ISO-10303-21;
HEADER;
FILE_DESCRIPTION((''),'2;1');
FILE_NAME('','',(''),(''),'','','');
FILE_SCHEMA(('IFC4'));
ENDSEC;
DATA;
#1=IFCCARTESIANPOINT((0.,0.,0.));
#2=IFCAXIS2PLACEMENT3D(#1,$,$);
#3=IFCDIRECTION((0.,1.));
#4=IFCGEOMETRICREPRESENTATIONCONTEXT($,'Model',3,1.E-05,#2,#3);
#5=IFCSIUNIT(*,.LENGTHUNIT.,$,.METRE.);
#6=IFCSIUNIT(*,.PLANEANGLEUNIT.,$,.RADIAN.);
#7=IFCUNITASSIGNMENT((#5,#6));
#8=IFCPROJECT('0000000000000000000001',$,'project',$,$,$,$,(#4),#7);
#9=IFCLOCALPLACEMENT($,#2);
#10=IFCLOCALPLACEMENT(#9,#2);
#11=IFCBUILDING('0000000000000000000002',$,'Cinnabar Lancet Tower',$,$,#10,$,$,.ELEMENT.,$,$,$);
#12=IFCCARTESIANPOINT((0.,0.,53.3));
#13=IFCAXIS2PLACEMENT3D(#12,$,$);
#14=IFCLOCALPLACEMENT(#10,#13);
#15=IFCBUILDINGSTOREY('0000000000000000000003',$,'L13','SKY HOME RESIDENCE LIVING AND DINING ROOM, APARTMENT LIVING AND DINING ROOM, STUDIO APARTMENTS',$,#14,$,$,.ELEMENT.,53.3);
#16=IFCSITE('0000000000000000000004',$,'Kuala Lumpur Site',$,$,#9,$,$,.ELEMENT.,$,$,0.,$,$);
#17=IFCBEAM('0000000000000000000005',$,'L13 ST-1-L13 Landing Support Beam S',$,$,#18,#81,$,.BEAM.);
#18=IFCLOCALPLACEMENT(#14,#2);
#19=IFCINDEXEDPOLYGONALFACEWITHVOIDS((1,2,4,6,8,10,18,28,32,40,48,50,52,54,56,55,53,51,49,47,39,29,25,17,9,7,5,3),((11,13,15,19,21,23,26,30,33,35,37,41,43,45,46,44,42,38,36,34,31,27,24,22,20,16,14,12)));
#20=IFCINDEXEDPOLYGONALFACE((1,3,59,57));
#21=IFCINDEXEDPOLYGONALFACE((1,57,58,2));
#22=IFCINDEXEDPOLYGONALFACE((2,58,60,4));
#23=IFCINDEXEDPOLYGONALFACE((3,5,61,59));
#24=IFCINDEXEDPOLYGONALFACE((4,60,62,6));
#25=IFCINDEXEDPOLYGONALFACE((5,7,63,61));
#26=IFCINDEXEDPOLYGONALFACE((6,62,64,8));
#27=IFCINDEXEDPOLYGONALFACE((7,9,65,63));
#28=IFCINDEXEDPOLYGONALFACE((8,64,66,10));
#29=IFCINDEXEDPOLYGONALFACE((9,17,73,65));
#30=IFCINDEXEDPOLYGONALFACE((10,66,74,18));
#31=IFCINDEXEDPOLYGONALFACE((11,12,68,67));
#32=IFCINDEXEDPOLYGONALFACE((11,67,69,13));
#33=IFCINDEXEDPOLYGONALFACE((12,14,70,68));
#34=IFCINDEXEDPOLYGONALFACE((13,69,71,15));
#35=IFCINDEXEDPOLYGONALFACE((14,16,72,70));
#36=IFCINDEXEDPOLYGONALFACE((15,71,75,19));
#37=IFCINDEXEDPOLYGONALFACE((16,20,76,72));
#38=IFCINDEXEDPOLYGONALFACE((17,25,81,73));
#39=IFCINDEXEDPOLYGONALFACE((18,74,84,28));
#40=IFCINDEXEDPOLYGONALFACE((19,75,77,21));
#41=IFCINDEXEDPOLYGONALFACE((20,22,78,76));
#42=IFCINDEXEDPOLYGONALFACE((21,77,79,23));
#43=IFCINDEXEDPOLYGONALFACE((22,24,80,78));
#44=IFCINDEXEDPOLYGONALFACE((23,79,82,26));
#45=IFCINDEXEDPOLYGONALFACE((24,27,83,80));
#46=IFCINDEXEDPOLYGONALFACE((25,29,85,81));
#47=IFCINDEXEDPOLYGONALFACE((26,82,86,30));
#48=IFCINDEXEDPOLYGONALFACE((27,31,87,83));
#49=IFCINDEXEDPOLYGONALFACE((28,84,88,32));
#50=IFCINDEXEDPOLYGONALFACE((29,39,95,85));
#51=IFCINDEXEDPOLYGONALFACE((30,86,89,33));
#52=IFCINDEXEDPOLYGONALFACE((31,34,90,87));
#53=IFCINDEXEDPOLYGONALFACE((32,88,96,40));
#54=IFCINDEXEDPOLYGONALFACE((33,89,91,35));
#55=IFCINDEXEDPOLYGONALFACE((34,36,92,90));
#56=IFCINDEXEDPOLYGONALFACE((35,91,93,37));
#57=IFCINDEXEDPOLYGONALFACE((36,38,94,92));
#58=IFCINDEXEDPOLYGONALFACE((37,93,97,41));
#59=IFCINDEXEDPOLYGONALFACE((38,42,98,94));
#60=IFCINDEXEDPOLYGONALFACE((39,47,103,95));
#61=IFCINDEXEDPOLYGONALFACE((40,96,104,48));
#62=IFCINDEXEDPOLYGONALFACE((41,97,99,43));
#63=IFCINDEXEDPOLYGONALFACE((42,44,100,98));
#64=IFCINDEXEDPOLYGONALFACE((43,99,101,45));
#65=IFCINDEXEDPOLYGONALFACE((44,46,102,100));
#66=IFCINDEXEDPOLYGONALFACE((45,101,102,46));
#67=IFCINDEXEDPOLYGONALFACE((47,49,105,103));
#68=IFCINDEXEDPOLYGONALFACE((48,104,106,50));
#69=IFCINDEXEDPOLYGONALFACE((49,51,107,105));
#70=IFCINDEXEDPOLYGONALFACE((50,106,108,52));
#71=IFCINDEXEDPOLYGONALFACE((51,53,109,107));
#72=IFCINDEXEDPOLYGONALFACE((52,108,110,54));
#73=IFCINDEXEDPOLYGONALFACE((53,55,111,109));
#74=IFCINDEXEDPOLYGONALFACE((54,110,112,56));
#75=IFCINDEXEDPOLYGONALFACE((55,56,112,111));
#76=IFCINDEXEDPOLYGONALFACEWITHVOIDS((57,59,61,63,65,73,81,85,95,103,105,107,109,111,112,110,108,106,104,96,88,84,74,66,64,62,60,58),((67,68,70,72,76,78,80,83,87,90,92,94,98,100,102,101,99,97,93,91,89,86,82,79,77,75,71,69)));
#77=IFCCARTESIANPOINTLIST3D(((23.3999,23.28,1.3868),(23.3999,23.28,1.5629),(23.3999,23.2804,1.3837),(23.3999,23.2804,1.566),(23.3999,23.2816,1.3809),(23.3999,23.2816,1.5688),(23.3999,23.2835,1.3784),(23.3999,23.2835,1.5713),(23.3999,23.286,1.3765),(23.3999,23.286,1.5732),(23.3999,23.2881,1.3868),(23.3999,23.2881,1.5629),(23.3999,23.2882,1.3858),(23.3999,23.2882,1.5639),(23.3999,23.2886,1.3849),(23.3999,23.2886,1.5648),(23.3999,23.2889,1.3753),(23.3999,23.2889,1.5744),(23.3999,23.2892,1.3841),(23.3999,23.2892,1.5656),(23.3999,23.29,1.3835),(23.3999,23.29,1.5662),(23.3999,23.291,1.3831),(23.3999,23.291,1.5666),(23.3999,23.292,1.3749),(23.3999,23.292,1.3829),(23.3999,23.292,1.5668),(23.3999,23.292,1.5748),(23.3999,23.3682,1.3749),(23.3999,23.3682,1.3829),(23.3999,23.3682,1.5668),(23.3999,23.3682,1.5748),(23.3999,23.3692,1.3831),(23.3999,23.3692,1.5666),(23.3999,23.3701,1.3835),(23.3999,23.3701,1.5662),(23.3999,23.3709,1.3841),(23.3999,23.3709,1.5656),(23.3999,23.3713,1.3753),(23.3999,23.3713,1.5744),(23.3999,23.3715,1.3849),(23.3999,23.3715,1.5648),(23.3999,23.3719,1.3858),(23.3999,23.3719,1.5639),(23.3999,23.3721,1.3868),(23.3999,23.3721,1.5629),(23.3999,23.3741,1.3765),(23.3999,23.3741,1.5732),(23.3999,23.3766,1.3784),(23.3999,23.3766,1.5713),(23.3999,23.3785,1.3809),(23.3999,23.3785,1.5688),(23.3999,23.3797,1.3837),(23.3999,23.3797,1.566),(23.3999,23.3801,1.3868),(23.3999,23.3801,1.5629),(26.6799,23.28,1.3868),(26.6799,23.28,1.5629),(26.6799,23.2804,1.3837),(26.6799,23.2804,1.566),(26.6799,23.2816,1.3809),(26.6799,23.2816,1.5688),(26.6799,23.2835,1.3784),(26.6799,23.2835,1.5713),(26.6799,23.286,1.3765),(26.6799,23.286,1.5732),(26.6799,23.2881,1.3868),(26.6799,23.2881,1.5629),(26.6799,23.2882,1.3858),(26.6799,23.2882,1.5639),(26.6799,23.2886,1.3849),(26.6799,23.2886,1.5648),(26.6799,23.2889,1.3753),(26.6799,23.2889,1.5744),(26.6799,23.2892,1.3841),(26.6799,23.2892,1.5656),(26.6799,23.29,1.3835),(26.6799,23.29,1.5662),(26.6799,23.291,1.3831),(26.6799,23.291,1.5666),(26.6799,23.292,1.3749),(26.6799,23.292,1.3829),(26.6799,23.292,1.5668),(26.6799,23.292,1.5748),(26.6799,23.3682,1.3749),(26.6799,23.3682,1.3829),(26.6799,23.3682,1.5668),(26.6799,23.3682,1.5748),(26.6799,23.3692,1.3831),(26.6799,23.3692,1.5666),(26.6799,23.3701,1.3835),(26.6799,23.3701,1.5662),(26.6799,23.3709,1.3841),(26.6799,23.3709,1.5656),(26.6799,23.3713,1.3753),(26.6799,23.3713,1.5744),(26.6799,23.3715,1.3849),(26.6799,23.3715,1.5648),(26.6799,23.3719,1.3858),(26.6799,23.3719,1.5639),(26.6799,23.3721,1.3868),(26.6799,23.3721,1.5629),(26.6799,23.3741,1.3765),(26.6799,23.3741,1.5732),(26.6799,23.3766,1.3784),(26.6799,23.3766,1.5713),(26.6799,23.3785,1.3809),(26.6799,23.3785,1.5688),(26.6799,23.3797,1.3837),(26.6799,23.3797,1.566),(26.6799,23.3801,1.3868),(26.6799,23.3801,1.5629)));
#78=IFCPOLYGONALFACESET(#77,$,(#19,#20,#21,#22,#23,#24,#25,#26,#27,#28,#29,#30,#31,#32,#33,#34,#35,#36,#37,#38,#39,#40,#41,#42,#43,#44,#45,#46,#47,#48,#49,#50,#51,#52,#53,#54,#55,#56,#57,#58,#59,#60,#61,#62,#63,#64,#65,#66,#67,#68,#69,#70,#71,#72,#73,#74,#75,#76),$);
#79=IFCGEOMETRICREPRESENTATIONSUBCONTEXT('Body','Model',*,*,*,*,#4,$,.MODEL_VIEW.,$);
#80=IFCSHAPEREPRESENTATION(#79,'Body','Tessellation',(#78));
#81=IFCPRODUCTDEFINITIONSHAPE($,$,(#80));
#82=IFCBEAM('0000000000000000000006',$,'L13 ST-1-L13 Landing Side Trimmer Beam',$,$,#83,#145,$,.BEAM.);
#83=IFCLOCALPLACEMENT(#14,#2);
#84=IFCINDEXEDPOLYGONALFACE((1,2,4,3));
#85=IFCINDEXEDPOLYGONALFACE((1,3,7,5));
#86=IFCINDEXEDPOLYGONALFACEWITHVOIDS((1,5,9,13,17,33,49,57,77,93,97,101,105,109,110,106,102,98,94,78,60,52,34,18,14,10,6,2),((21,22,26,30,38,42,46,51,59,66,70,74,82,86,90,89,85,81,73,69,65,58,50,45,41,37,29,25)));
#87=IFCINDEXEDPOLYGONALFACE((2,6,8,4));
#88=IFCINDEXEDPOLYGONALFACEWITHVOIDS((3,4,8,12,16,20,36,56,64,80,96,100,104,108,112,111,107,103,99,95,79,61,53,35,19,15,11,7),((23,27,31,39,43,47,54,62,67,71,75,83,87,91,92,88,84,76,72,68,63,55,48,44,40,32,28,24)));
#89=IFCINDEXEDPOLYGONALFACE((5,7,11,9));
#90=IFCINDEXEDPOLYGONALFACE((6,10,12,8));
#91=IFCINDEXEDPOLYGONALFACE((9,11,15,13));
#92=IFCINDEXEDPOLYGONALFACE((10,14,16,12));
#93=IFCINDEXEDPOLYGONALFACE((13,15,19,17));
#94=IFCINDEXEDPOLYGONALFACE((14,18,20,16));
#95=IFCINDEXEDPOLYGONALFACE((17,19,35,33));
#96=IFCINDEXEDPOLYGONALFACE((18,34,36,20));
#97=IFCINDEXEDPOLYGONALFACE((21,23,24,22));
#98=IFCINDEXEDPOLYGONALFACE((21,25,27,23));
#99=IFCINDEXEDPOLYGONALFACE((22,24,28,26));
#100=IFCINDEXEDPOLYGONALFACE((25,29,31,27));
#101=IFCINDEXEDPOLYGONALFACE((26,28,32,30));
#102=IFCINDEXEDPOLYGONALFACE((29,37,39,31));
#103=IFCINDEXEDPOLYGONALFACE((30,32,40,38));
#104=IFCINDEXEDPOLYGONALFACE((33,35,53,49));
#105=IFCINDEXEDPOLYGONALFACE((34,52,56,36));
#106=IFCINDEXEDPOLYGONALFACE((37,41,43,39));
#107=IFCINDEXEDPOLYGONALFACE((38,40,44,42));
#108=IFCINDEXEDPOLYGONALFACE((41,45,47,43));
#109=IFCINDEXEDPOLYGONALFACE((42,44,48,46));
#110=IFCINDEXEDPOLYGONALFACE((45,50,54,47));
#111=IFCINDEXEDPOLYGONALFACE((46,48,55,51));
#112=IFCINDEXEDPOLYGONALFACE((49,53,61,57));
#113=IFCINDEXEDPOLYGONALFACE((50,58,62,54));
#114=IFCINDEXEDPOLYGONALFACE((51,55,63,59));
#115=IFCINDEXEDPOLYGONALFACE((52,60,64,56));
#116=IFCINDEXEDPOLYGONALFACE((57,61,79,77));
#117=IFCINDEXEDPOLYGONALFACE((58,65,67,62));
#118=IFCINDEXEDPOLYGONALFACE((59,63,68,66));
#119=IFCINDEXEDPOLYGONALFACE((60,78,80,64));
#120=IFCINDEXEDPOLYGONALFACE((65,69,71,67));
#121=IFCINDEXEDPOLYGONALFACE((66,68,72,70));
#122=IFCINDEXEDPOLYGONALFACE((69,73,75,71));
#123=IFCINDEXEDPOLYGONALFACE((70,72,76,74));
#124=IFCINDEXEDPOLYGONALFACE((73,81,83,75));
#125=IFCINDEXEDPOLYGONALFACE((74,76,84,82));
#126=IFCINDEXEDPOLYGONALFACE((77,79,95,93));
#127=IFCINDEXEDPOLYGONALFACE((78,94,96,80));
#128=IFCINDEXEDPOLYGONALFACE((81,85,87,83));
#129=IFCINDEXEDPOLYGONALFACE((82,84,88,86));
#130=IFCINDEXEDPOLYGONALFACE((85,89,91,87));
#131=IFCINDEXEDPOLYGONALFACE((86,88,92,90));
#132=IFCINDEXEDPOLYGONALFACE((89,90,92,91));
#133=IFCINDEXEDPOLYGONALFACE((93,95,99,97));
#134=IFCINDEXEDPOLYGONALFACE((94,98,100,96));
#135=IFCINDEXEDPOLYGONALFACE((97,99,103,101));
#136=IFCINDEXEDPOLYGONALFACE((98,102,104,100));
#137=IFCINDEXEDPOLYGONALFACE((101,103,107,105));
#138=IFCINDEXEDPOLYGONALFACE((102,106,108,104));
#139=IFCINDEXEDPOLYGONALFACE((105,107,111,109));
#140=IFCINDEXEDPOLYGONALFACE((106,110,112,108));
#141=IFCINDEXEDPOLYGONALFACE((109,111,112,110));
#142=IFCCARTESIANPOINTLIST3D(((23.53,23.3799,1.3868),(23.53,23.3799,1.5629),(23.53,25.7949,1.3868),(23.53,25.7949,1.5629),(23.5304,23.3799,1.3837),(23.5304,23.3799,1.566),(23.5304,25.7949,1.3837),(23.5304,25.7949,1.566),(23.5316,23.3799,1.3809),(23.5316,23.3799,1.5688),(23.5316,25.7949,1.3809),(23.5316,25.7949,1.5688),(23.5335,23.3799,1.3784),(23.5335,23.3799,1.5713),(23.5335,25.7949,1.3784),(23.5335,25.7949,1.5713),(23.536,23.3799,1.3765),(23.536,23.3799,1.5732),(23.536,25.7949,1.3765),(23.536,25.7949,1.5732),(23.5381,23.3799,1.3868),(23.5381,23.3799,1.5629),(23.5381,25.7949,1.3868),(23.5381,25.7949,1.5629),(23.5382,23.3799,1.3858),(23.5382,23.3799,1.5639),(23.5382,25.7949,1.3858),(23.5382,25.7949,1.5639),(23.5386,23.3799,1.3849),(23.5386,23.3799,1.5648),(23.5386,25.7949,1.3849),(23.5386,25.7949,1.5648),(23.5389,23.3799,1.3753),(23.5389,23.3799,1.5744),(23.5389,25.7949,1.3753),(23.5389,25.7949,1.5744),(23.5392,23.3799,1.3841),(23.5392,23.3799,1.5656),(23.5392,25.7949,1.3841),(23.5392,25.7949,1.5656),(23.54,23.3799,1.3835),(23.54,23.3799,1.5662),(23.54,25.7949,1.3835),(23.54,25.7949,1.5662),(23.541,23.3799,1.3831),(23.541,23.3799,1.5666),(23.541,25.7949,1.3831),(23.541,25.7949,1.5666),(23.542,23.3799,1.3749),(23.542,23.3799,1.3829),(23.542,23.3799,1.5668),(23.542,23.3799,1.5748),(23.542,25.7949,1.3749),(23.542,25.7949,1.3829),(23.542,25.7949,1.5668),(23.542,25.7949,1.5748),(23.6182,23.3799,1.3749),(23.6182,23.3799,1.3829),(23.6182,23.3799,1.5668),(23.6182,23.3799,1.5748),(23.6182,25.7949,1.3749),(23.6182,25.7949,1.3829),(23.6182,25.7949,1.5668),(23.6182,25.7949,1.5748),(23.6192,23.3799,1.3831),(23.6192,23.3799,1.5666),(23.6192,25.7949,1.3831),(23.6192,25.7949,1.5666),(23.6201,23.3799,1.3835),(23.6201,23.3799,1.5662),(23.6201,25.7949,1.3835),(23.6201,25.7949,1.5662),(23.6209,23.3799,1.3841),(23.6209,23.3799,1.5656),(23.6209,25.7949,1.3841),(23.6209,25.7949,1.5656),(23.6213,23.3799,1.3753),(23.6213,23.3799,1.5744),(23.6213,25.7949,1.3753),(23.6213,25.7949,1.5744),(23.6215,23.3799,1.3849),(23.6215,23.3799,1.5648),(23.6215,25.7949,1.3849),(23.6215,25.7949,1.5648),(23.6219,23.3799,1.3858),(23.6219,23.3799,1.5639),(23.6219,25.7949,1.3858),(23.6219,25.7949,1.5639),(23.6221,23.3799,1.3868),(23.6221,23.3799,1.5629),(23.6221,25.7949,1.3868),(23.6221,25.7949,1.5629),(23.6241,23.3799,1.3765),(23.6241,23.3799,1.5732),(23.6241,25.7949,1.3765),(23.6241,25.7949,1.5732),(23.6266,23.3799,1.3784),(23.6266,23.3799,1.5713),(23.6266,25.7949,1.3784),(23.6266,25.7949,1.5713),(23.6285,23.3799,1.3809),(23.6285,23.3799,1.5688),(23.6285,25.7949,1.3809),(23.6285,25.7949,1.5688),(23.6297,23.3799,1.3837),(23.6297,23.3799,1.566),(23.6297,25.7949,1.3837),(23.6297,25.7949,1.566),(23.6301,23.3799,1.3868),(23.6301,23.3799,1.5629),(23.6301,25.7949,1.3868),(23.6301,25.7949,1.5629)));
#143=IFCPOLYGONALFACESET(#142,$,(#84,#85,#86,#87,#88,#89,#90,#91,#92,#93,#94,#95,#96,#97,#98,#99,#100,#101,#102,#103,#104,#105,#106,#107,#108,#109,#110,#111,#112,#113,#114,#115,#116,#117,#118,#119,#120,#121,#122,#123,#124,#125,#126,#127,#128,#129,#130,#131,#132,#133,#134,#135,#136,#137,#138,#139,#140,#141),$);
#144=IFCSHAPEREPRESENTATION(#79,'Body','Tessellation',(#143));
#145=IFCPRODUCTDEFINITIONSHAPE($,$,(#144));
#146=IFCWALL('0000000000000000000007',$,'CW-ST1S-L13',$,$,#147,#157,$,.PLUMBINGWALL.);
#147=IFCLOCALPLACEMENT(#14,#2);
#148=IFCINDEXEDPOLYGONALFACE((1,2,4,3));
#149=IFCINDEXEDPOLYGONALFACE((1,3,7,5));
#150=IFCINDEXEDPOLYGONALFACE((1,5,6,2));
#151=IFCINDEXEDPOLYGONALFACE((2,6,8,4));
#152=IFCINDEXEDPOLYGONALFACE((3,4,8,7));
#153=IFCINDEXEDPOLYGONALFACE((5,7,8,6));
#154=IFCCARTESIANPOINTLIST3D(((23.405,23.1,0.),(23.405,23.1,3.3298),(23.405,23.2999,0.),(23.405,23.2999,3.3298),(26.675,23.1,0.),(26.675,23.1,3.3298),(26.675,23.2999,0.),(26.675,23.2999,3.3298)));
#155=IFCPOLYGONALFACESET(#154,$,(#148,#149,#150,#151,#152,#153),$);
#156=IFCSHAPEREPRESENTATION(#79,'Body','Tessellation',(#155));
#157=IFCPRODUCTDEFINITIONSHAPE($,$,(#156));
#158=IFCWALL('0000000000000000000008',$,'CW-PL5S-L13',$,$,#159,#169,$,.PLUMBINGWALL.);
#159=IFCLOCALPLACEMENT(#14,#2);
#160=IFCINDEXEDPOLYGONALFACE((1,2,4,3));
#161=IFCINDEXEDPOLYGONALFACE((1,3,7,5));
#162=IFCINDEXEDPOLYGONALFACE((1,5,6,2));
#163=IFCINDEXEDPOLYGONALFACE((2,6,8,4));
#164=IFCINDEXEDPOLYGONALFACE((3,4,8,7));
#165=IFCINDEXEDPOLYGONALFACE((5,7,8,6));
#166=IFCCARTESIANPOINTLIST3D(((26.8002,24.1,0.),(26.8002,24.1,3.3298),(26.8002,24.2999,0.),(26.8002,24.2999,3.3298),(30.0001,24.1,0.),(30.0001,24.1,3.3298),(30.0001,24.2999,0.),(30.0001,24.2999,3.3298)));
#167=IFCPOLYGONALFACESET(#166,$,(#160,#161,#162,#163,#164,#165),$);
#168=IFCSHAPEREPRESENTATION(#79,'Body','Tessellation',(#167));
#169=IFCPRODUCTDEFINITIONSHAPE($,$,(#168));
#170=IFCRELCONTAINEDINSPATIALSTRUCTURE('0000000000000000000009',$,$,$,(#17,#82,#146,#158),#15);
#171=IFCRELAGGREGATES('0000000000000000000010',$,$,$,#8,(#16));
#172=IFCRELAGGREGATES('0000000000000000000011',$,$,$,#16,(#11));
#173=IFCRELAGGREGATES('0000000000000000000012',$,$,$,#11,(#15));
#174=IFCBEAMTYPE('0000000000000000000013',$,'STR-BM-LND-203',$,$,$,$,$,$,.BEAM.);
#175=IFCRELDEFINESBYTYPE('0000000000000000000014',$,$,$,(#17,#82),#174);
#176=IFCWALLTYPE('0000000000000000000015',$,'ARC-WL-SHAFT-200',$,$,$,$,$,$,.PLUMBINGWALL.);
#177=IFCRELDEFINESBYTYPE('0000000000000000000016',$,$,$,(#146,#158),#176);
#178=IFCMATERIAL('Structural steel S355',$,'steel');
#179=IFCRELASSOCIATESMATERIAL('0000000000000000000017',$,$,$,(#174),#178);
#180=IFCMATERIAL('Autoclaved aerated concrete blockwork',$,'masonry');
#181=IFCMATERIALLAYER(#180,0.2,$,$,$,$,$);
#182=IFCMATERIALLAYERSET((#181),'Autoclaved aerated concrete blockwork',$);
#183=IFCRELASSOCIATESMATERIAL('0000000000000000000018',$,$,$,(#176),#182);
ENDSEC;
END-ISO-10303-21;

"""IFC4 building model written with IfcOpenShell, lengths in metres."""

from ifc_helpers import new_model, si_unit, direction, frame, frame_2d, origin, origin_2d, place, context, subcontext, project, spatial, rectangle, hollow_rectangle, extrude, material, layer, layer_set, material_profile, profile_set, type_object, element, save


model = new_model("IFC4")

# Units and contexts
model_context = context("Model", 3, precision=1e-05, world=origin(), true_north=direction((0.0, 1.0)))
body_context = subcontext(model_context, "Body", "Model", "MODEL_VIEW")
ifc_project = project(units=[si_unit("LENGTHUNIT", "METRE"), si_unit("PLANEANGLEUNIT", "RADIAN")], contexts=[model_context])

# Site, building, storey
site_placement = place(None, origin())
site = spatial("IfcSite", under=ifc_project, at=site_placement, Name="Kuala Lumpur Site", CompositionType="ELEMENT", RefElevation=0.0)
building_placement = place(site_placement, origin())
building = spatial("IfcBuilding", under=site, at=building_placement, Name="Cinnabar Lancet Tower", CompositionType="ELEMENT")
storey_placement = place(building_placement, frame((0.0, 0.0, 53.3)))
storey = spatial("IfcBuildingStorey", under=building, at=storey_placement, Name="L13", Description="SKY HOME RESIDENCE LIVING AND DINING ROOM, APARTMENT LIVING AND DINING ROOM, STUDIO APARTMENTS", CompositionType="ELEMENT", Elevation=53.3)

# Beams
ifc_material_1 = material(Name="Structural steel S355", Category="steel")
ifc_material_profile = material_profile(ifc_material_1, hollow_rectangle(XDim=0.1001, YDim=0.2, WallThickness=0.0081, InnerFilletRadius=0.0039, OuterFilletRadius=0.012, at=origin_2d()), Name="RHS 200x100x8")
ifc_profile_set = profile_set([ifc_material_profile], Name="Structural steel S355")
beam_type = type_object("IfcBeamType", Name="STR-BM-LND-203", PredefinedType="BEAM", material=ifc_profile_set)
beam_1_placement = place(storey_placement, frame((23.3999, 23.3301, 1.4749), z_axis=(1.0, 0.0, 0.0), x_axis=(0.0, 1.0, 0.0)))
element("IfcBeam", 1, at=beam_1_placement, inside=storey, type_object=beam_type, Name="L13 ST-1-L13 Landing Support Beam S", PredefinedType="BEAM", context=body_context, shape_type="SweptSolid", body=[
    extrude(hollow_rectangle(XDim=0.1001, YDim=0.2, WallThickness=0.0081, InnerFilletRadius=0.0039, OuterFilletRadius=0.012, at=origin_2d()), origin(), (0.0, 0.0, 1.0), 3.28),
])
beam_2_placement = place(storey_placement, frame((23.5801, 23.3799, 1.4749), z_axis=(0.0, 1.0, 0.0), x_axis=(-1.0, 0.0, 0.0)))
element("IfcBeam", 2, at=beam_2_placement, inside=storey, type_object=beam_type, Name="L13 ST-1-L13 Landing Side Trimmer Beam", PredefinedType="BEAM", context=body_context, shape_type="SweptSolid", body=[
    extrude(hollow_rectangle(XDim=0.1001, YDim=0.2, WallThickness=0.0081, InnerFilletRadius=0.0039, OuterFilletRadius=0.012, at=origin_2d()), origin(), (0.0, 0.0, 1.0), 2.415),
])

# Walls
ifc_material_2 = material(Name="Autoclaved aerated concrete blockwork", Category="masonry")
ifc_layer_1 = layer(ifc_material_2, 0.2)
ifc_layer_set_1 = layer_set([ifc_layer_1], Name="Autoclaved aerated concrete blockwork")
wall_type_1 = type_object("IfcWallType", Name="ARC-WL-SHAFT-200", PredefinedType="PLUMBINGWALL", material=ifc_layer_set_1)
wall_1_placement = place(storey_placement, frame((23.405, 23.2, 0.0), z_axis=(0.0, 0.0, 1.0), x_axis=(1.0, 0.0, 0.0)))
element("IfcWall", 3, at=wall_1_placement, inside=storey, type_object=wall_type_1, Name="CW-ST1S-L13", PredefinedType="PLUMBINGWALL", context=body_context, shape_type="SweptSolid", body=[
    extrude(rectangle(XDim=3.27, YDim=0.2, at=frame_2d((1.635, 0.0))), origin(), (0.0, 0.0, 1.0), 3.3298),
])
wall_2_placement = place(storey_placement, frame((26.8, 24.2, 0.0), z_axis=(0.0, 0.0, 1.0), x_axis=(1.0, 0.0, 0.0)))
element("IfcWall", 4, at=wall_2_placement, inside=storey, type_object=wall_type_1, Name="CW-PL5S-L13", PredefinedType="PLUMBINGWALL", context=body_context, shape_type="SweptSolid", body=[
    extrude(rectangle(XDim=3.2, YDim=0.2, at=frame_2d((1.6001, 0.0))), origin(), (0.0, 0.0, 1.0), 3.3298),
])

save(model, "model.ifc")
